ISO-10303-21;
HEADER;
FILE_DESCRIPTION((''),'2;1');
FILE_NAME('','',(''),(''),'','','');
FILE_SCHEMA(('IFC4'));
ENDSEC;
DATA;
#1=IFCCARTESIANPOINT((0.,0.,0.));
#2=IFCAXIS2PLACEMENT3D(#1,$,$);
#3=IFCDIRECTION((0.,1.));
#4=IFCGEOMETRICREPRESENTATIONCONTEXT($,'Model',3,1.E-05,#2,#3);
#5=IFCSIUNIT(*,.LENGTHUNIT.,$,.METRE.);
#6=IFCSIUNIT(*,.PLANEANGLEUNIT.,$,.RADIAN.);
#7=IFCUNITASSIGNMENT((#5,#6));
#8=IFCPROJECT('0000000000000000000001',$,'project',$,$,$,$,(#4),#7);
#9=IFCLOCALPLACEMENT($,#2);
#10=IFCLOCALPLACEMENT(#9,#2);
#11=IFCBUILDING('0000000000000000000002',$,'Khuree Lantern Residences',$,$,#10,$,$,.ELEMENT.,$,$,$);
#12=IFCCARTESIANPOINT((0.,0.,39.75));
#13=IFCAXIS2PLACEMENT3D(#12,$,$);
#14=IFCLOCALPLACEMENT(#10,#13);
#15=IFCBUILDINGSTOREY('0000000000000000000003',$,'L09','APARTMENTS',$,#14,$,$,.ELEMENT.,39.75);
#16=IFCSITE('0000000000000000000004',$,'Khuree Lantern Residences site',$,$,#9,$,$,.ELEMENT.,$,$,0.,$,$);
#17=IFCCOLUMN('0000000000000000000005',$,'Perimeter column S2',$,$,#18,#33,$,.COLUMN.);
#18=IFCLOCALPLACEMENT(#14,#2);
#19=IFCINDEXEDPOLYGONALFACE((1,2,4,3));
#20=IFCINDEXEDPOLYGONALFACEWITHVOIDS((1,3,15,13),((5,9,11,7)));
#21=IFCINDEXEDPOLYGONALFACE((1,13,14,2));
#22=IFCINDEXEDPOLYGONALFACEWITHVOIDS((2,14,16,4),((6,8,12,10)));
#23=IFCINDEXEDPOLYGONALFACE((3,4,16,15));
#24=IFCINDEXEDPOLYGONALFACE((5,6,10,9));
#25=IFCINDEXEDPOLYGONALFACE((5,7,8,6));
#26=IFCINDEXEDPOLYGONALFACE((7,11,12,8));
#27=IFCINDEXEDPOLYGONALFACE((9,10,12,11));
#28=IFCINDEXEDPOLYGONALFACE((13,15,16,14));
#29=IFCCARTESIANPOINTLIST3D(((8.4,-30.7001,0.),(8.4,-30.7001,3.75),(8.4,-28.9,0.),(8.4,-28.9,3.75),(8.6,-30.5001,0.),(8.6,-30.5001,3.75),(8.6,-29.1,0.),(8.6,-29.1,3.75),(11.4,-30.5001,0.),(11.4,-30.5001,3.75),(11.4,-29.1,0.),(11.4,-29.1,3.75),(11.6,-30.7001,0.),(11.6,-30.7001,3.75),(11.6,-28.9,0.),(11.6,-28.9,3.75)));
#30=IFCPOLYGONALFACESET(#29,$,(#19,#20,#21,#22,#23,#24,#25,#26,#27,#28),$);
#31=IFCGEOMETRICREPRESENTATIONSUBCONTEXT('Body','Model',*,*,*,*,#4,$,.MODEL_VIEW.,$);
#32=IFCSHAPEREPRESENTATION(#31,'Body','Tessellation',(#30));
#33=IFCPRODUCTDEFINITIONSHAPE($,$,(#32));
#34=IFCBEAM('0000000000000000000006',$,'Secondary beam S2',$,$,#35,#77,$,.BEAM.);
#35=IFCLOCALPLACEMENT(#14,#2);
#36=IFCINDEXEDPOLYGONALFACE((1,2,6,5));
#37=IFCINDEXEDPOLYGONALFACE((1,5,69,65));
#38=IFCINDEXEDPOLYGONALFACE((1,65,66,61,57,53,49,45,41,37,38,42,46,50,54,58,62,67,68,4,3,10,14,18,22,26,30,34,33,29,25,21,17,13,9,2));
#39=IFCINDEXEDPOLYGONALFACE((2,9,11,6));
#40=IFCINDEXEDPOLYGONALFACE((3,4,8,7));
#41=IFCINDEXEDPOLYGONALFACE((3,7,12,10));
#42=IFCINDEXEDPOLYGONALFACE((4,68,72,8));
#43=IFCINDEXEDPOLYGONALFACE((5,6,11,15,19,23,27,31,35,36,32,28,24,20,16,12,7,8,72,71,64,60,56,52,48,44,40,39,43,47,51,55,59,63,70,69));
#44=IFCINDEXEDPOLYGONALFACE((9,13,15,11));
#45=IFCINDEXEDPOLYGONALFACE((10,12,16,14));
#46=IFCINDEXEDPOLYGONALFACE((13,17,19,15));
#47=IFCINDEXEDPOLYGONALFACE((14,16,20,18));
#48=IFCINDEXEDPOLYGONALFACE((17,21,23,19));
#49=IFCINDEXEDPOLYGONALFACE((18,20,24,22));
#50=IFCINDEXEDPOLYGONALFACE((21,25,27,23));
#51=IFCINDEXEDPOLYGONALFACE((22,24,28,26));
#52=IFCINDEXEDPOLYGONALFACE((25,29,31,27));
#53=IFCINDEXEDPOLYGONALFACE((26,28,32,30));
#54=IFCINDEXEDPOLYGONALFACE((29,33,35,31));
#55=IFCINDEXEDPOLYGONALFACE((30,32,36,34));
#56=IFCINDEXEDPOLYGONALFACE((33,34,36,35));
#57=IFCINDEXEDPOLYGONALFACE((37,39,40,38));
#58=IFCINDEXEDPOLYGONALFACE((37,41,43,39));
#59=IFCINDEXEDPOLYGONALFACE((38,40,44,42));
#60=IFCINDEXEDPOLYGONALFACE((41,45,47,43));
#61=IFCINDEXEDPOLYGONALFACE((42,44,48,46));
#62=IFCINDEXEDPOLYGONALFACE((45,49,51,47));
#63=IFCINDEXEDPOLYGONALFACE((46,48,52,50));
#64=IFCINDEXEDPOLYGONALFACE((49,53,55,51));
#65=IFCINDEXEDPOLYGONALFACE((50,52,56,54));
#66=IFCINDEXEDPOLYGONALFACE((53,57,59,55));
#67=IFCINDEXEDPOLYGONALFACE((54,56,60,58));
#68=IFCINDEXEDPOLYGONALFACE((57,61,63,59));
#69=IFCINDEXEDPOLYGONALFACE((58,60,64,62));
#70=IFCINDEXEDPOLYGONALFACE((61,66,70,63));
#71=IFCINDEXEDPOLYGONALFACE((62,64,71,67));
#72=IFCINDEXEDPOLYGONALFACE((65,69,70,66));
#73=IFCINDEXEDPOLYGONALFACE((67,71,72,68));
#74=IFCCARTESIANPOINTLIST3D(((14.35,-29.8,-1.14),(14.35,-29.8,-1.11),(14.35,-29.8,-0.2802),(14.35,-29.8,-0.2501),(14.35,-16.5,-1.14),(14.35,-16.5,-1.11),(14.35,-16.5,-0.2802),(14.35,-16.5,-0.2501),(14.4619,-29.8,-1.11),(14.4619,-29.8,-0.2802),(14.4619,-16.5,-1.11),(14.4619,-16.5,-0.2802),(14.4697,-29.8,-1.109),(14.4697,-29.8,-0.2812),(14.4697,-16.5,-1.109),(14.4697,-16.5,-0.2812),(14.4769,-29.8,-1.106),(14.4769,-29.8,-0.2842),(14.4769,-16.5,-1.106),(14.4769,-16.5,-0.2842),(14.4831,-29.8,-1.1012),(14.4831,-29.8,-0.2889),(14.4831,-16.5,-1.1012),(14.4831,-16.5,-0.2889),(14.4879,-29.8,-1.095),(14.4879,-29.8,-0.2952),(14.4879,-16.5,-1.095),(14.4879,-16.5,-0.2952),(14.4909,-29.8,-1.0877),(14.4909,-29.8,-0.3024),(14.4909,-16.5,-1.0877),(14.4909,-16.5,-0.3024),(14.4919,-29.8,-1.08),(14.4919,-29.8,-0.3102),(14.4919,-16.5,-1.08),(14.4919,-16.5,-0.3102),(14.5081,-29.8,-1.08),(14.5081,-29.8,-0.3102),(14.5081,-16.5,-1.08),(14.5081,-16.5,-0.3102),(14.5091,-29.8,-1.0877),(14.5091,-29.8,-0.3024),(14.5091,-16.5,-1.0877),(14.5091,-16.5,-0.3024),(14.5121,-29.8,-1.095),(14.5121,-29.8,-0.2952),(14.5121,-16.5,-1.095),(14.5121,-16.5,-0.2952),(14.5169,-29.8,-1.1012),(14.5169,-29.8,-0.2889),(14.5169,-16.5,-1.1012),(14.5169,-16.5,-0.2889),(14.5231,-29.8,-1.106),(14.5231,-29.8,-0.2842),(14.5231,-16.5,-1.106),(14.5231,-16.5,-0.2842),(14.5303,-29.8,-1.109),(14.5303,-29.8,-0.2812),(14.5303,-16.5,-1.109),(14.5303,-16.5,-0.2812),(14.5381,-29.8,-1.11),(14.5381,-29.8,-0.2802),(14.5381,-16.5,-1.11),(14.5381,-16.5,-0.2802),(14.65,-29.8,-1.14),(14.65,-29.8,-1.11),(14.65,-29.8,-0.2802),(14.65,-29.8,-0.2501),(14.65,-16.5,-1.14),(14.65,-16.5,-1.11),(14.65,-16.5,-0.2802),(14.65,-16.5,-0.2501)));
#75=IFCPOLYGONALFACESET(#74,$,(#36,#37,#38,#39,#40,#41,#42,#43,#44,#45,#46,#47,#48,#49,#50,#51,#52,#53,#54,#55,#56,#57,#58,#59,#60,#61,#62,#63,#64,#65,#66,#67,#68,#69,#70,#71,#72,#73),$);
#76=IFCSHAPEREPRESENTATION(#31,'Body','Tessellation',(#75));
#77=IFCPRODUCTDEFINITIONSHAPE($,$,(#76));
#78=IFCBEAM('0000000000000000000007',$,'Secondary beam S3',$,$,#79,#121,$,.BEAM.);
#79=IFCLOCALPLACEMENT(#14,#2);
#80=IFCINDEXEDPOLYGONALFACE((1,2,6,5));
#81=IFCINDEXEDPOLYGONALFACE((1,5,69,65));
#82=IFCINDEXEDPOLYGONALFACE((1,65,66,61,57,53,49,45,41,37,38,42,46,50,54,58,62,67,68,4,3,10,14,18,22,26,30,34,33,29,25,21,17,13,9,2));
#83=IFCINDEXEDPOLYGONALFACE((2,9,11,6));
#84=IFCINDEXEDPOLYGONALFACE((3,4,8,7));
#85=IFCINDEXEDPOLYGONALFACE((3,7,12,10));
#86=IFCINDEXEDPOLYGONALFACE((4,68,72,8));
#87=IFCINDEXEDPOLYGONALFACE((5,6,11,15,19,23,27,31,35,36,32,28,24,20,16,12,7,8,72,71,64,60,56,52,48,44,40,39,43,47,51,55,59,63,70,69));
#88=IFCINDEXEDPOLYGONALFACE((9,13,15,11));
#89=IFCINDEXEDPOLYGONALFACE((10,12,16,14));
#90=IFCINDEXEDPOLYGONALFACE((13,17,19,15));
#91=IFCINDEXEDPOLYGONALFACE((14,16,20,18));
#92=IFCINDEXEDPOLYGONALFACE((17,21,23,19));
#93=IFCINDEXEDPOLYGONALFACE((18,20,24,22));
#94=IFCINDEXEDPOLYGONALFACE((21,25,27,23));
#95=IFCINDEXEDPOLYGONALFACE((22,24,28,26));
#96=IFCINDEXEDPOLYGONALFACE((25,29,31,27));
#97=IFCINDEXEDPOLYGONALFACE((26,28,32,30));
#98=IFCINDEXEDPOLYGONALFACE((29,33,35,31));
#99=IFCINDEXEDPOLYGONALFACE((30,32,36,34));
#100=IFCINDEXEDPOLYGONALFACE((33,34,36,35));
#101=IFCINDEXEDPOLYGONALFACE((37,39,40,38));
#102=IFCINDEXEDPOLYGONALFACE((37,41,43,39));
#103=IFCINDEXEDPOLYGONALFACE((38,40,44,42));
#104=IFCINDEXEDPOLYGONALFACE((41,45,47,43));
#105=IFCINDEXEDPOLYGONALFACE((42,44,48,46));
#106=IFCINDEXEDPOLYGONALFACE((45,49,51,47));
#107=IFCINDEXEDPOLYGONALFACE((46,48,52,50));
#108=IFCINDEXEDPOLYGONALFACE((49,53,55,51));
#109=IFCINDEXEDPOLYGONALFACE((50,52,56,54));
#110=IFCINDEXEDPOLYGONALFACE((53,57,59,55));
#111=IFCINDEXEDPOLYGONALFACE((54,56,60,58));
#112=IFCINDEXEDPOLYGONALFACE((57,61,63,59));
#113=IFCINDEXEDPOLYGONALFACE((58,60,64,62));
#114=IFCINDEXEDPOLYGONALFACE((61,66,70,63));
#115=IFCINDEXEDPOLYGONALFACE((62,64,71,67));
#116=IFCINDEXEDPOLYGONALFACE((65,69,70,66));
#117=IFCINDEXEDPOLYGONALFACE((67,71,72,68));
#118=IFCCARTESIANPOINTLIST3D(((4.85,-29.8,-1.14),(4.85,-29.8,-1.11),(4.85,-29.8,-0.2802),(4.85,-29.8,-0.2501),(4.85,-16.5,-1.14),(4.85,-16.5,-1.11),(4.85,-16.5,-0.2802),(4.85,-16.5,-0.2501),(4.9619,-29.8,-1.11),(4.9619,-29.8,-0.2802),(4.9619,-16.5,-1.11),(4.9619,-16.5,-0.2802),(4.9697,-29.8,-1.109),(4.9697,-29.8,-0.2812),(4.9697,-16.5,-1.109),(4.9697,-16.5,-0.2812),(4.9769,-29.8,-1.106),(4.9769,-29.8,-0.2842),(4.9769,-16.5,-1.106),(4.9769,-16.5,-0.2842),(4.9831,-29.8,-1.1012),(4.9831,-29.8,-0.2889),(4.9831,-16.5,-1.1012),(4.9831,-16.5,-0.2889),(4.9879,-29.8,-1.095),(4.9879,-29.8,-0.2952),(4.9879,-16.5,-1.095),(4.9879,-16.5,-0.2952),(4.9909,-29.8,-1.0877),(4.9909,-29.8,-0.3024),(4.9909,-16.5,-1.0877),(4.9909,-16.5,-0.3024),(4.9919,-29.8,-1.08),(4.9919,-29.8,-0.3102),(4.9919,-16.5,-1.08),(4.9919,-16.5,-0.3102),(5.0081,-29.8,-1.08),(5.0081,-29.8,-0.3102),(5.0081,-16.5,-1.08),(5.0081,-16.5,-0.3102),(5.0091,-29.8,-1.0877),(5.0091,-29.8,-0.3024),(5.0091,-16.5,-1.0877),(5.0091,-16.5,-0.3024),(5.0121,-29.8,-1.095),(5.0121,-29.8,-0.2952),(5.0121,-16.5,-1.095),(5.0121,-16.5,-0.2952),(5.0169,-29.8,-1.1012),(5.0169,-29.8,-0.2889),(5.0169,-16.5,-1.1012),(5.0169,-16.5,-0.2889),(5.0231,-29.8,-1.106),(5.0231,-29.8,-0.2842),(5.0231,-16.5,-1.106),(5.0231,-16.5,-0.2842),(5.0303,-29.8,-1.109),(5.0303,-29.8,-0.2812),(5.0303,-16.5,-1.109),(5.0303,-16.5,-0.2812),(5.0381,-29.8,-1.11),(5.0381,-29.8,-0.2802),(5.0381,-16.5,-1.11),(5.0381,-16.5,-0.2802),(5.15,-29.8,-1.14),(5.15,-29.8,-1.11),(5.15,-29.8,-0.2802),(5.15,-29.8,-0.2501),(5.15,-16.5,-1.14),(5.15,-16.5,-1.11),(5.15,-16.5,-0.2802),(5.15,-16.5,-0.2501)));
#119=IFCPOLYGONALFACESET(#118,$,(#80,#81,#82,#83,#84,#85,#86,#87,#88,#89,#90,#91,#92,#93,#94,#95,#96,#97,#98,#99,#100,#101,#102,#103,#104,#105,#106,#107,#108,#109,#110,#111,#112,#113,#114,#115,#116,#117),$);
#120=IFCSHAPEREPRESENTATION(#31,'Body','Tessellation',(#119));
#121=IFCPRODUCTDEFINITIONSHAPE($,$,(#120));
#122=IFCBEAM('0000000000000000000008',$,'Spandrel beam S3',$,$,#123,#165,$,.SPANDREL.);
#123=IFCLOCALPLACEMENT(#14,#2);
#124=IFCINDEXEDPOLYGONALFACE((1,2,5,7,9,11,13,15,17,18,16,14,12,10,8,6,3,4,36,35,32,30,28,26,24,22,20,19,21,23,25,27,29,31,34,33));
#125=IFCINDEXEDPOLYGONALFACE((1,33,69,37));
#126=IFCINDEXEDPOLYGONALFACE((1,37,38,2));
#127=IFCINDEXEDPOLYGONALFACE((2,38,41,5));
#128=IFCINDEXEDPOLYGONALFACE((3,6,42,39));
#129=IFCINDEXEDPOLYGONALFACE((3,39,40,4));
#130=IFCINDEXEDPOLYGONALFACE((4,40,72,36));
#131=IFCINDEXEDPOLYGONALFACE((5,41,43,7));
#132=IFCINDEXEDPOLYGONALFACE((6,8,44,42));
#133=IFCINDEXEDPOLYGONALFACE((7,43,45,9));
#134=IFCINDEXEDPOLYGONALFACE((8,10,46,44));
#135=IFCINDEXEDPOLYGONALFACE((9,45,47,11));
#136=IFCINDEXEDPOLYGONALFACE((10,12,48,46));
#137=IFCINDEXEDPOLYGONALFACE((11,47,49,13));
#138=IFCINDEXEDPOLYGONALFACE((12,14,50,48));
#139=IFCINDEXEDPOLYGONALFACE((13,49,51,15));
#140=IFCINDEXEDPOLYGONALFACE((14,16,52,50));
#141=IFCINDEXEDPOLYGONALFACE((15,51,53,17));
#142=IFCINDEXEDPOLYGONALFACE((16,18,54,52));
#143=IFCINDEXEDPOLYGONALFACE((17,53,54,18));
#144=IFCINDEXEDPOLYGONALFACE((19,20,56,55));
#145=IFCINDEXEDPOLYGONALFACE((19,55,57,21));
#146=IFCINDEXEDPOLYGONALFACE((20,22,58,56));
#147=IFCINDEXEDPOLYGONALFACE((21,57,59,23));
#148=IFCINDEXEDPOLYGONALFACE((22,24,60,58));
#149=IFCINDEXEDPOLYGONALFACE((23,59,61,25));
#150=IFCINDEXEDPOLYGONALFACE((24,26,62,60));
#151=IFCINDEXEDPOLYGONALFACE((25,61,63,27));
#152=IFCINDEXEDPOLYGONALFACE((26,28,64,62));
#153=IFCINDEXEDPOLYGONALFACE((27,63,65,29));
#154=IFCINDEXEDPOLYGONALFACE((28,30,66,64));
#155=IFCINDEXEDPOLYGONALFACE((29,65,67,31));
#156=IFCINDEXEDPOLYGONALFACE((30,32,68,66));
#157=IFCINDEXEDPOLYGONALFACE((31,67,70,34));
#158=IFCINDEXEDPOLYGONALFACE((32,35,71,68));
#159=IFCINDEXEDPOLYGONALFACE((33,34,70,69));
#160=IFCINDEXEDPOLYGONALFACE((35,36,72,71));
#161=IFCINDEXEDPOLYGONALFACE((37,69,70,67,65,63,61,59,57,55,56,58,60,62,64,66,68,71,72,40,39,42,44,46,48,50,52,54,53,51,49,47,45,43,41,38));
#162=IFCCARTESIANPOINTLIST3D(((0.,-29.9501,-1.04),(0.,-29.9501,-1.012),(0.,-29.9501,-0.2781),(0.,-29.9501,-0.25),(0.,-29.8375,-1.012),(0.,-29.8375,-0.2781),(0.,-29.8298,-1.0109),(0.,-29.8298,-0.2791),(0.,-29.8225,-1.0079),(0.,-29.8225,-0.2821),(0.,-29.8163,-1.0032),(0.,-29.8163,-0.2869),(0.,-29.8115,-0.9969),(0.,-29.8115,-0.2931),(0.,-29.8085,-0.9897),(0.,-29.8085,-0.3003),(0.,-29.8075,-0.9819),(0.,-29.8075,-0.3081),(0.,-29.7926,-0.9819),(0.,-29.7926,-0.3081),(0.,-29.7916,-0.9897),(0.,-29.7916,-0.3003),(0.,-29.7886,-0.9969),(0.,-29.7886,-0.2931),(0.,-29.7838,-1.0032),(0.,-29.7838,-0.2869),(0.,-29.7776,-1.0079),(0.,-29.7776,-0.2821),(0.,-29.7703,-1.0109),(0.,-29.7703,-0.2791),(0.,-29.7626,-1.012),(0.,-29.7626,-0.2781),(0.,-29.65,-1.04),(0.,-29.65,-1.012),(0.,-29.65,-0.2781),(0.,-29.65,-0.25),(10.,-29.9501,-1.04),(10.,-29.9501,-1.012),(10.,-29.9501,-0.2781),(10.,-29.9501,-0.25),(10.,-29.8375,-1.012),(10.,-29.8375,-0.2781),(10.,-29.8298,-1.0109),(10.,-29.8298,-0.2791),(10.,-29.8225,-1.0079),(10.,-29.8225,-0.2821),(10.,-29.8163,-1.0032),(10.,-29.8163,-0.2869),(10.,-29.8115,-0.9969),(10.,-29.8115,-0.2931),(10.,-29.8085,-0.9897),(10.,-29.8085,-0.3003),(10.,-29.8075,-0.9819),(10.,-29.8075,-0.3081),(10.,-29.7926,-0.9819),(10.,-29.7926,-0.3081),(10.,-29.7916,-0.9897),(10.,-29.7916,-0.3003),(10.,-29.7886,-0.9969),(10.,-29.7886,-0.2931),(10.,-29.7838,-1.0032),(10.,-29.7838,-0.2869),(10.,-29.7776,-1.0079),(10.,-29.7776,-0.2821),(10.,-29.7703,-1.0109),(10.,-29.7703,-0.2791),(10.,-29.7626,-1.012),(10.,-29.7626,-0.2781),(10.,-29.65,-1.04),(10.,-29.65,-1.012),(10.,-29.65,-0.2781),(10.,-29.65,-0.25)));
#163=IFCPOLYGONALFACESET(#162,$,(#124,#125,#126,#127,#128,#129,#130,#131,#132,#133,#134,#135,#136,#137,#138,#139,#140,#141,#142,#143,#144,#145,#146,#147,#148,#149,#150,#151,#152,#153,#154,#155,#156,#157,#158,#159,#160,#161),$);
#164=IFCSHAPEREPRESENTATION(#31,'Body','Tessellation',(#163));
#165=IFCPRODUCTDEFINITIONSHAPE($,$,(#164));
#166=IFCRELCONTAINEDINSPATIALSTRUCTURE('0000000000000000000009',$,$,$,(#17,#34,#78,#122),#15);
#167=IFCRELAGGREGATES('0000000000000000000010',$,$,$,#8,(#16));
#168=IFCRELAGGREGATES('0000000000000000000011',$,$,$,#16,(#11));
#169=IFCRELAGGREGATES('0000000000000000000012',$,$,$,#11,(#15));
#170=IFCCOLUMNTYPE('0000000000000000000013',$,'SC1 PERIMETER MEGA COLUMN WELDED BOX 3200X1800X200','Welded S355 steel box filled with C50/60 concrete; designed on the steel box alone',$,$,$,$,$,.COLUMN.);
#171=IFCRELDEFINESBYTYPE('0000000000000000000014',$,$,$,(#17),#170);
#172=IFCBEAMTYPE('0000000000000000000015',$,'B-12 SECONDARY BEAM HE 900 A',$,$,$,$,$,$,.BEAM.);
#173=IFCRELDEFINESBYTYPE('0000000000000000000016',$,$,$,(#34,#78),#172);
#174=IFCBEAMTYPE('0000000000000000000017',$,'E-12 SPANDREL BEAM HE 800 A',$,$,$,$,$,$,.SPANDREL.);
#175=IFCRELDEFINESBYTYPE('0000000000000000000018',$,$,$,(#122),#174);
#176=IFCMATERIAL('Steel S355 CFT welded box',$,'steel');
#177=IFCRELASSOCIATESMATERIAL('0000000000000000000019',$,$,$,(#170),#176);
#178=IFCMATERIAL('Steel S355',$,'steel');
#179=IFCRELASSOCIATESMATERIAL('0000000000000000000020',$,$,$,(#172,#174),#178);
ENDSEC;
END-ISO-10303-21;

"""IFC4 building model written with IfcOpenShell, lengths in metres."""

from ifc_helpers import new_model, si_unit, direction, frame, origin, origin_2d, place, context, subcontext, project, spatial, hollow_rectangle, i_section, extrude, material, material_profile, profile_set, type_object, element, save


model = new_model("IFC4")

# Units and contexts
model_context = context("Model", 3, precision=1e-05, world=origin(), true_north=direction((0.0, 1.0)))
body_context = subcontext(model_context, "Body", "Model", "MODEL_VIEW")
ifc_project = project(units=[si_unit("LENGTHUNIT", "METRE"), si_unit("PLANEANGLEUNIT", "RADIAN")], contexts=[model_context])

# Site, building, storey
site_placement = place(None, origin())
site = spatial("IfcSite", under=ifc_project, at=site_placement, Name="Khuree Lantern Residences site", CompositionType="ELEMENT", RefElevation=0.0)
building_placement = place(site_placement, origin())
building = spatial("IfcBuilding", under=site, at=building_placement, Name="Khuree Lantern Residences", CompositionType="ELEMENT")
storey_placement = place(building_placement, frame((0.0, 0.0, 39.75)))
storey = spatial("IfcBuildingStorey", under=building, at=storey_placement, Name="L09", Description="APARTMENTS", CompositionType="ELEMENT", Elevation=39.75)

# Column
ifc_material_1 = material(Name="Steel S355 CFT welded box", Category="steel")
ifc_material_profile_1 = material_profile(ifc_material_1, hollow_rectangle(XDim=3.2, YDim=1.8, WallThickness=0.2, at=origin_2d()), Name="WELDED BOX 3200X1800X200")
ifc_profile_set_1 = profile_set([ifc_material_profile_1], Name="Steel S355 CFT welded box")
column_type = type_object("IfcColumnType", Name="SC1 PERIMETER MEGA COLUMN WELDED BOX 3200X1800X200", Description="Welded S355 steel box filled with C50/60 concrete; designed on the steel box alone", PredefinedType="COLUMN", material=ifc_profile_set_1)
column_placement = place(storey_placement, frame((10.0, -29.8, 0.0), z_axis=(0.0, 0.0, 1.0), x_axis=(1.0, 0.0, 0.0)))
element("IfcColumn", 1, at=column_placement, inside=storey, type_object=column_type, Name="Perimeter column S2", PredefinedType="COLUMN", context=body_context, shape_type="SweptSolid", body=[
    extrude(hollow_rectangle(XDim=3.2, YDim=1.8, WallThickness=0.2, at=origin_2d()), origin(), (0.0, 0.0, 1.0), 3.75),
])

# Beams
ifc_material_2 = material(Name="Steel S355", Category="steel")
ifc_material_profile_2 = material_profile(ifc_material_2, i_section(OverallWidth=0.3, OverallDepth=0.8899, WebThickness=0.0161, FlangeThickness=0.03, FilletRadius=0.03, at=origin_2d()), Name="HE 900 A")
ifc_profile_set_2 = profile_set([ifc_material_profile_2], Name="Steel S355")
beam_type_1 = type_object("IfcBeamType", Name="B-12 SECONDARY BEAM HE 900 A", PredefinedType="BEAM", material=ifc_profile_set_2)
for number, where, z_axis, x_axis, name in (
    (2, (14.5, -29.8, -0.6951), (0.0, 1.0, 0.0), (-1.0, 0.0, 0.0), "Secondary beam S2"),
    (3, (5.0, -29.8, -0.6951), (0.0, 1.0, 0.0), (-1.0, 0.0, 0.0), "Secondary beam S3"),
):
    element("IfcBeam", number, at=place(storey_placement, frame(where, z_axis=z_axis, x_axis=x_axis)), inside=storey, type_object=beam_type_1, Name=name, PredefinedType="BEAM", context=body_context, shape_type="SweptSolid", body=[
        extrude(i_section(OverallWidth=0.3, OverallDepth=0.8899, WebThickness=0.0161, FlangeThickness=0.03, FilletRadius=0.03, at=origin_2d()), origin(), (0.0, 0.0, 1.0), 13.3),
    ])
ifc_material_profile_3 = material_profile(ifc_material_2, i_section(OverallWidth=0.3, OverallDepth=0.79, WebThickness=0.0149, FlangeThickness=0.0281, FilletRadius=0.03, at=origin_2d()), Name="HE 800 A")
ifc_profile_set_3 = profile_set([ifc_material_profile_3], Name="Steel S355")
beam_type_2 = type_object("IfcBeamType", Name="E-12 SPANDREL BEAM HE 800 A", PredefinedType="SPANDREL", material=ifc_profile_set_3)
for number, where, z_axis, x_axis, name in (
    (4, (10.0, -29.8, -0.645), (-1.0, 0.0, 0.0), (0.0, -1.0, 0.0), "Spandrel beam S3"),
):
    element("IfcBeam", number, at=place(storey_placement, frame(where, z_axis=z_axis, x_axis=x_axis)), inside=storey, type_object=beam_type_2, Name=name, PredefinedType="SPANDREL", context=body_context, shape_type="SweptSolid", body=[
        extrude(i_section(OverallWidth=0.3, OverallDepth=0.79, WebThickness=0.0149, FlangeThickness=0.0281, FilletRadius=0.03, at=origin_2d()), origin(), (0.0, 0.0, 1.0), 10.0),
    ])

save(model, "model.ifc")
